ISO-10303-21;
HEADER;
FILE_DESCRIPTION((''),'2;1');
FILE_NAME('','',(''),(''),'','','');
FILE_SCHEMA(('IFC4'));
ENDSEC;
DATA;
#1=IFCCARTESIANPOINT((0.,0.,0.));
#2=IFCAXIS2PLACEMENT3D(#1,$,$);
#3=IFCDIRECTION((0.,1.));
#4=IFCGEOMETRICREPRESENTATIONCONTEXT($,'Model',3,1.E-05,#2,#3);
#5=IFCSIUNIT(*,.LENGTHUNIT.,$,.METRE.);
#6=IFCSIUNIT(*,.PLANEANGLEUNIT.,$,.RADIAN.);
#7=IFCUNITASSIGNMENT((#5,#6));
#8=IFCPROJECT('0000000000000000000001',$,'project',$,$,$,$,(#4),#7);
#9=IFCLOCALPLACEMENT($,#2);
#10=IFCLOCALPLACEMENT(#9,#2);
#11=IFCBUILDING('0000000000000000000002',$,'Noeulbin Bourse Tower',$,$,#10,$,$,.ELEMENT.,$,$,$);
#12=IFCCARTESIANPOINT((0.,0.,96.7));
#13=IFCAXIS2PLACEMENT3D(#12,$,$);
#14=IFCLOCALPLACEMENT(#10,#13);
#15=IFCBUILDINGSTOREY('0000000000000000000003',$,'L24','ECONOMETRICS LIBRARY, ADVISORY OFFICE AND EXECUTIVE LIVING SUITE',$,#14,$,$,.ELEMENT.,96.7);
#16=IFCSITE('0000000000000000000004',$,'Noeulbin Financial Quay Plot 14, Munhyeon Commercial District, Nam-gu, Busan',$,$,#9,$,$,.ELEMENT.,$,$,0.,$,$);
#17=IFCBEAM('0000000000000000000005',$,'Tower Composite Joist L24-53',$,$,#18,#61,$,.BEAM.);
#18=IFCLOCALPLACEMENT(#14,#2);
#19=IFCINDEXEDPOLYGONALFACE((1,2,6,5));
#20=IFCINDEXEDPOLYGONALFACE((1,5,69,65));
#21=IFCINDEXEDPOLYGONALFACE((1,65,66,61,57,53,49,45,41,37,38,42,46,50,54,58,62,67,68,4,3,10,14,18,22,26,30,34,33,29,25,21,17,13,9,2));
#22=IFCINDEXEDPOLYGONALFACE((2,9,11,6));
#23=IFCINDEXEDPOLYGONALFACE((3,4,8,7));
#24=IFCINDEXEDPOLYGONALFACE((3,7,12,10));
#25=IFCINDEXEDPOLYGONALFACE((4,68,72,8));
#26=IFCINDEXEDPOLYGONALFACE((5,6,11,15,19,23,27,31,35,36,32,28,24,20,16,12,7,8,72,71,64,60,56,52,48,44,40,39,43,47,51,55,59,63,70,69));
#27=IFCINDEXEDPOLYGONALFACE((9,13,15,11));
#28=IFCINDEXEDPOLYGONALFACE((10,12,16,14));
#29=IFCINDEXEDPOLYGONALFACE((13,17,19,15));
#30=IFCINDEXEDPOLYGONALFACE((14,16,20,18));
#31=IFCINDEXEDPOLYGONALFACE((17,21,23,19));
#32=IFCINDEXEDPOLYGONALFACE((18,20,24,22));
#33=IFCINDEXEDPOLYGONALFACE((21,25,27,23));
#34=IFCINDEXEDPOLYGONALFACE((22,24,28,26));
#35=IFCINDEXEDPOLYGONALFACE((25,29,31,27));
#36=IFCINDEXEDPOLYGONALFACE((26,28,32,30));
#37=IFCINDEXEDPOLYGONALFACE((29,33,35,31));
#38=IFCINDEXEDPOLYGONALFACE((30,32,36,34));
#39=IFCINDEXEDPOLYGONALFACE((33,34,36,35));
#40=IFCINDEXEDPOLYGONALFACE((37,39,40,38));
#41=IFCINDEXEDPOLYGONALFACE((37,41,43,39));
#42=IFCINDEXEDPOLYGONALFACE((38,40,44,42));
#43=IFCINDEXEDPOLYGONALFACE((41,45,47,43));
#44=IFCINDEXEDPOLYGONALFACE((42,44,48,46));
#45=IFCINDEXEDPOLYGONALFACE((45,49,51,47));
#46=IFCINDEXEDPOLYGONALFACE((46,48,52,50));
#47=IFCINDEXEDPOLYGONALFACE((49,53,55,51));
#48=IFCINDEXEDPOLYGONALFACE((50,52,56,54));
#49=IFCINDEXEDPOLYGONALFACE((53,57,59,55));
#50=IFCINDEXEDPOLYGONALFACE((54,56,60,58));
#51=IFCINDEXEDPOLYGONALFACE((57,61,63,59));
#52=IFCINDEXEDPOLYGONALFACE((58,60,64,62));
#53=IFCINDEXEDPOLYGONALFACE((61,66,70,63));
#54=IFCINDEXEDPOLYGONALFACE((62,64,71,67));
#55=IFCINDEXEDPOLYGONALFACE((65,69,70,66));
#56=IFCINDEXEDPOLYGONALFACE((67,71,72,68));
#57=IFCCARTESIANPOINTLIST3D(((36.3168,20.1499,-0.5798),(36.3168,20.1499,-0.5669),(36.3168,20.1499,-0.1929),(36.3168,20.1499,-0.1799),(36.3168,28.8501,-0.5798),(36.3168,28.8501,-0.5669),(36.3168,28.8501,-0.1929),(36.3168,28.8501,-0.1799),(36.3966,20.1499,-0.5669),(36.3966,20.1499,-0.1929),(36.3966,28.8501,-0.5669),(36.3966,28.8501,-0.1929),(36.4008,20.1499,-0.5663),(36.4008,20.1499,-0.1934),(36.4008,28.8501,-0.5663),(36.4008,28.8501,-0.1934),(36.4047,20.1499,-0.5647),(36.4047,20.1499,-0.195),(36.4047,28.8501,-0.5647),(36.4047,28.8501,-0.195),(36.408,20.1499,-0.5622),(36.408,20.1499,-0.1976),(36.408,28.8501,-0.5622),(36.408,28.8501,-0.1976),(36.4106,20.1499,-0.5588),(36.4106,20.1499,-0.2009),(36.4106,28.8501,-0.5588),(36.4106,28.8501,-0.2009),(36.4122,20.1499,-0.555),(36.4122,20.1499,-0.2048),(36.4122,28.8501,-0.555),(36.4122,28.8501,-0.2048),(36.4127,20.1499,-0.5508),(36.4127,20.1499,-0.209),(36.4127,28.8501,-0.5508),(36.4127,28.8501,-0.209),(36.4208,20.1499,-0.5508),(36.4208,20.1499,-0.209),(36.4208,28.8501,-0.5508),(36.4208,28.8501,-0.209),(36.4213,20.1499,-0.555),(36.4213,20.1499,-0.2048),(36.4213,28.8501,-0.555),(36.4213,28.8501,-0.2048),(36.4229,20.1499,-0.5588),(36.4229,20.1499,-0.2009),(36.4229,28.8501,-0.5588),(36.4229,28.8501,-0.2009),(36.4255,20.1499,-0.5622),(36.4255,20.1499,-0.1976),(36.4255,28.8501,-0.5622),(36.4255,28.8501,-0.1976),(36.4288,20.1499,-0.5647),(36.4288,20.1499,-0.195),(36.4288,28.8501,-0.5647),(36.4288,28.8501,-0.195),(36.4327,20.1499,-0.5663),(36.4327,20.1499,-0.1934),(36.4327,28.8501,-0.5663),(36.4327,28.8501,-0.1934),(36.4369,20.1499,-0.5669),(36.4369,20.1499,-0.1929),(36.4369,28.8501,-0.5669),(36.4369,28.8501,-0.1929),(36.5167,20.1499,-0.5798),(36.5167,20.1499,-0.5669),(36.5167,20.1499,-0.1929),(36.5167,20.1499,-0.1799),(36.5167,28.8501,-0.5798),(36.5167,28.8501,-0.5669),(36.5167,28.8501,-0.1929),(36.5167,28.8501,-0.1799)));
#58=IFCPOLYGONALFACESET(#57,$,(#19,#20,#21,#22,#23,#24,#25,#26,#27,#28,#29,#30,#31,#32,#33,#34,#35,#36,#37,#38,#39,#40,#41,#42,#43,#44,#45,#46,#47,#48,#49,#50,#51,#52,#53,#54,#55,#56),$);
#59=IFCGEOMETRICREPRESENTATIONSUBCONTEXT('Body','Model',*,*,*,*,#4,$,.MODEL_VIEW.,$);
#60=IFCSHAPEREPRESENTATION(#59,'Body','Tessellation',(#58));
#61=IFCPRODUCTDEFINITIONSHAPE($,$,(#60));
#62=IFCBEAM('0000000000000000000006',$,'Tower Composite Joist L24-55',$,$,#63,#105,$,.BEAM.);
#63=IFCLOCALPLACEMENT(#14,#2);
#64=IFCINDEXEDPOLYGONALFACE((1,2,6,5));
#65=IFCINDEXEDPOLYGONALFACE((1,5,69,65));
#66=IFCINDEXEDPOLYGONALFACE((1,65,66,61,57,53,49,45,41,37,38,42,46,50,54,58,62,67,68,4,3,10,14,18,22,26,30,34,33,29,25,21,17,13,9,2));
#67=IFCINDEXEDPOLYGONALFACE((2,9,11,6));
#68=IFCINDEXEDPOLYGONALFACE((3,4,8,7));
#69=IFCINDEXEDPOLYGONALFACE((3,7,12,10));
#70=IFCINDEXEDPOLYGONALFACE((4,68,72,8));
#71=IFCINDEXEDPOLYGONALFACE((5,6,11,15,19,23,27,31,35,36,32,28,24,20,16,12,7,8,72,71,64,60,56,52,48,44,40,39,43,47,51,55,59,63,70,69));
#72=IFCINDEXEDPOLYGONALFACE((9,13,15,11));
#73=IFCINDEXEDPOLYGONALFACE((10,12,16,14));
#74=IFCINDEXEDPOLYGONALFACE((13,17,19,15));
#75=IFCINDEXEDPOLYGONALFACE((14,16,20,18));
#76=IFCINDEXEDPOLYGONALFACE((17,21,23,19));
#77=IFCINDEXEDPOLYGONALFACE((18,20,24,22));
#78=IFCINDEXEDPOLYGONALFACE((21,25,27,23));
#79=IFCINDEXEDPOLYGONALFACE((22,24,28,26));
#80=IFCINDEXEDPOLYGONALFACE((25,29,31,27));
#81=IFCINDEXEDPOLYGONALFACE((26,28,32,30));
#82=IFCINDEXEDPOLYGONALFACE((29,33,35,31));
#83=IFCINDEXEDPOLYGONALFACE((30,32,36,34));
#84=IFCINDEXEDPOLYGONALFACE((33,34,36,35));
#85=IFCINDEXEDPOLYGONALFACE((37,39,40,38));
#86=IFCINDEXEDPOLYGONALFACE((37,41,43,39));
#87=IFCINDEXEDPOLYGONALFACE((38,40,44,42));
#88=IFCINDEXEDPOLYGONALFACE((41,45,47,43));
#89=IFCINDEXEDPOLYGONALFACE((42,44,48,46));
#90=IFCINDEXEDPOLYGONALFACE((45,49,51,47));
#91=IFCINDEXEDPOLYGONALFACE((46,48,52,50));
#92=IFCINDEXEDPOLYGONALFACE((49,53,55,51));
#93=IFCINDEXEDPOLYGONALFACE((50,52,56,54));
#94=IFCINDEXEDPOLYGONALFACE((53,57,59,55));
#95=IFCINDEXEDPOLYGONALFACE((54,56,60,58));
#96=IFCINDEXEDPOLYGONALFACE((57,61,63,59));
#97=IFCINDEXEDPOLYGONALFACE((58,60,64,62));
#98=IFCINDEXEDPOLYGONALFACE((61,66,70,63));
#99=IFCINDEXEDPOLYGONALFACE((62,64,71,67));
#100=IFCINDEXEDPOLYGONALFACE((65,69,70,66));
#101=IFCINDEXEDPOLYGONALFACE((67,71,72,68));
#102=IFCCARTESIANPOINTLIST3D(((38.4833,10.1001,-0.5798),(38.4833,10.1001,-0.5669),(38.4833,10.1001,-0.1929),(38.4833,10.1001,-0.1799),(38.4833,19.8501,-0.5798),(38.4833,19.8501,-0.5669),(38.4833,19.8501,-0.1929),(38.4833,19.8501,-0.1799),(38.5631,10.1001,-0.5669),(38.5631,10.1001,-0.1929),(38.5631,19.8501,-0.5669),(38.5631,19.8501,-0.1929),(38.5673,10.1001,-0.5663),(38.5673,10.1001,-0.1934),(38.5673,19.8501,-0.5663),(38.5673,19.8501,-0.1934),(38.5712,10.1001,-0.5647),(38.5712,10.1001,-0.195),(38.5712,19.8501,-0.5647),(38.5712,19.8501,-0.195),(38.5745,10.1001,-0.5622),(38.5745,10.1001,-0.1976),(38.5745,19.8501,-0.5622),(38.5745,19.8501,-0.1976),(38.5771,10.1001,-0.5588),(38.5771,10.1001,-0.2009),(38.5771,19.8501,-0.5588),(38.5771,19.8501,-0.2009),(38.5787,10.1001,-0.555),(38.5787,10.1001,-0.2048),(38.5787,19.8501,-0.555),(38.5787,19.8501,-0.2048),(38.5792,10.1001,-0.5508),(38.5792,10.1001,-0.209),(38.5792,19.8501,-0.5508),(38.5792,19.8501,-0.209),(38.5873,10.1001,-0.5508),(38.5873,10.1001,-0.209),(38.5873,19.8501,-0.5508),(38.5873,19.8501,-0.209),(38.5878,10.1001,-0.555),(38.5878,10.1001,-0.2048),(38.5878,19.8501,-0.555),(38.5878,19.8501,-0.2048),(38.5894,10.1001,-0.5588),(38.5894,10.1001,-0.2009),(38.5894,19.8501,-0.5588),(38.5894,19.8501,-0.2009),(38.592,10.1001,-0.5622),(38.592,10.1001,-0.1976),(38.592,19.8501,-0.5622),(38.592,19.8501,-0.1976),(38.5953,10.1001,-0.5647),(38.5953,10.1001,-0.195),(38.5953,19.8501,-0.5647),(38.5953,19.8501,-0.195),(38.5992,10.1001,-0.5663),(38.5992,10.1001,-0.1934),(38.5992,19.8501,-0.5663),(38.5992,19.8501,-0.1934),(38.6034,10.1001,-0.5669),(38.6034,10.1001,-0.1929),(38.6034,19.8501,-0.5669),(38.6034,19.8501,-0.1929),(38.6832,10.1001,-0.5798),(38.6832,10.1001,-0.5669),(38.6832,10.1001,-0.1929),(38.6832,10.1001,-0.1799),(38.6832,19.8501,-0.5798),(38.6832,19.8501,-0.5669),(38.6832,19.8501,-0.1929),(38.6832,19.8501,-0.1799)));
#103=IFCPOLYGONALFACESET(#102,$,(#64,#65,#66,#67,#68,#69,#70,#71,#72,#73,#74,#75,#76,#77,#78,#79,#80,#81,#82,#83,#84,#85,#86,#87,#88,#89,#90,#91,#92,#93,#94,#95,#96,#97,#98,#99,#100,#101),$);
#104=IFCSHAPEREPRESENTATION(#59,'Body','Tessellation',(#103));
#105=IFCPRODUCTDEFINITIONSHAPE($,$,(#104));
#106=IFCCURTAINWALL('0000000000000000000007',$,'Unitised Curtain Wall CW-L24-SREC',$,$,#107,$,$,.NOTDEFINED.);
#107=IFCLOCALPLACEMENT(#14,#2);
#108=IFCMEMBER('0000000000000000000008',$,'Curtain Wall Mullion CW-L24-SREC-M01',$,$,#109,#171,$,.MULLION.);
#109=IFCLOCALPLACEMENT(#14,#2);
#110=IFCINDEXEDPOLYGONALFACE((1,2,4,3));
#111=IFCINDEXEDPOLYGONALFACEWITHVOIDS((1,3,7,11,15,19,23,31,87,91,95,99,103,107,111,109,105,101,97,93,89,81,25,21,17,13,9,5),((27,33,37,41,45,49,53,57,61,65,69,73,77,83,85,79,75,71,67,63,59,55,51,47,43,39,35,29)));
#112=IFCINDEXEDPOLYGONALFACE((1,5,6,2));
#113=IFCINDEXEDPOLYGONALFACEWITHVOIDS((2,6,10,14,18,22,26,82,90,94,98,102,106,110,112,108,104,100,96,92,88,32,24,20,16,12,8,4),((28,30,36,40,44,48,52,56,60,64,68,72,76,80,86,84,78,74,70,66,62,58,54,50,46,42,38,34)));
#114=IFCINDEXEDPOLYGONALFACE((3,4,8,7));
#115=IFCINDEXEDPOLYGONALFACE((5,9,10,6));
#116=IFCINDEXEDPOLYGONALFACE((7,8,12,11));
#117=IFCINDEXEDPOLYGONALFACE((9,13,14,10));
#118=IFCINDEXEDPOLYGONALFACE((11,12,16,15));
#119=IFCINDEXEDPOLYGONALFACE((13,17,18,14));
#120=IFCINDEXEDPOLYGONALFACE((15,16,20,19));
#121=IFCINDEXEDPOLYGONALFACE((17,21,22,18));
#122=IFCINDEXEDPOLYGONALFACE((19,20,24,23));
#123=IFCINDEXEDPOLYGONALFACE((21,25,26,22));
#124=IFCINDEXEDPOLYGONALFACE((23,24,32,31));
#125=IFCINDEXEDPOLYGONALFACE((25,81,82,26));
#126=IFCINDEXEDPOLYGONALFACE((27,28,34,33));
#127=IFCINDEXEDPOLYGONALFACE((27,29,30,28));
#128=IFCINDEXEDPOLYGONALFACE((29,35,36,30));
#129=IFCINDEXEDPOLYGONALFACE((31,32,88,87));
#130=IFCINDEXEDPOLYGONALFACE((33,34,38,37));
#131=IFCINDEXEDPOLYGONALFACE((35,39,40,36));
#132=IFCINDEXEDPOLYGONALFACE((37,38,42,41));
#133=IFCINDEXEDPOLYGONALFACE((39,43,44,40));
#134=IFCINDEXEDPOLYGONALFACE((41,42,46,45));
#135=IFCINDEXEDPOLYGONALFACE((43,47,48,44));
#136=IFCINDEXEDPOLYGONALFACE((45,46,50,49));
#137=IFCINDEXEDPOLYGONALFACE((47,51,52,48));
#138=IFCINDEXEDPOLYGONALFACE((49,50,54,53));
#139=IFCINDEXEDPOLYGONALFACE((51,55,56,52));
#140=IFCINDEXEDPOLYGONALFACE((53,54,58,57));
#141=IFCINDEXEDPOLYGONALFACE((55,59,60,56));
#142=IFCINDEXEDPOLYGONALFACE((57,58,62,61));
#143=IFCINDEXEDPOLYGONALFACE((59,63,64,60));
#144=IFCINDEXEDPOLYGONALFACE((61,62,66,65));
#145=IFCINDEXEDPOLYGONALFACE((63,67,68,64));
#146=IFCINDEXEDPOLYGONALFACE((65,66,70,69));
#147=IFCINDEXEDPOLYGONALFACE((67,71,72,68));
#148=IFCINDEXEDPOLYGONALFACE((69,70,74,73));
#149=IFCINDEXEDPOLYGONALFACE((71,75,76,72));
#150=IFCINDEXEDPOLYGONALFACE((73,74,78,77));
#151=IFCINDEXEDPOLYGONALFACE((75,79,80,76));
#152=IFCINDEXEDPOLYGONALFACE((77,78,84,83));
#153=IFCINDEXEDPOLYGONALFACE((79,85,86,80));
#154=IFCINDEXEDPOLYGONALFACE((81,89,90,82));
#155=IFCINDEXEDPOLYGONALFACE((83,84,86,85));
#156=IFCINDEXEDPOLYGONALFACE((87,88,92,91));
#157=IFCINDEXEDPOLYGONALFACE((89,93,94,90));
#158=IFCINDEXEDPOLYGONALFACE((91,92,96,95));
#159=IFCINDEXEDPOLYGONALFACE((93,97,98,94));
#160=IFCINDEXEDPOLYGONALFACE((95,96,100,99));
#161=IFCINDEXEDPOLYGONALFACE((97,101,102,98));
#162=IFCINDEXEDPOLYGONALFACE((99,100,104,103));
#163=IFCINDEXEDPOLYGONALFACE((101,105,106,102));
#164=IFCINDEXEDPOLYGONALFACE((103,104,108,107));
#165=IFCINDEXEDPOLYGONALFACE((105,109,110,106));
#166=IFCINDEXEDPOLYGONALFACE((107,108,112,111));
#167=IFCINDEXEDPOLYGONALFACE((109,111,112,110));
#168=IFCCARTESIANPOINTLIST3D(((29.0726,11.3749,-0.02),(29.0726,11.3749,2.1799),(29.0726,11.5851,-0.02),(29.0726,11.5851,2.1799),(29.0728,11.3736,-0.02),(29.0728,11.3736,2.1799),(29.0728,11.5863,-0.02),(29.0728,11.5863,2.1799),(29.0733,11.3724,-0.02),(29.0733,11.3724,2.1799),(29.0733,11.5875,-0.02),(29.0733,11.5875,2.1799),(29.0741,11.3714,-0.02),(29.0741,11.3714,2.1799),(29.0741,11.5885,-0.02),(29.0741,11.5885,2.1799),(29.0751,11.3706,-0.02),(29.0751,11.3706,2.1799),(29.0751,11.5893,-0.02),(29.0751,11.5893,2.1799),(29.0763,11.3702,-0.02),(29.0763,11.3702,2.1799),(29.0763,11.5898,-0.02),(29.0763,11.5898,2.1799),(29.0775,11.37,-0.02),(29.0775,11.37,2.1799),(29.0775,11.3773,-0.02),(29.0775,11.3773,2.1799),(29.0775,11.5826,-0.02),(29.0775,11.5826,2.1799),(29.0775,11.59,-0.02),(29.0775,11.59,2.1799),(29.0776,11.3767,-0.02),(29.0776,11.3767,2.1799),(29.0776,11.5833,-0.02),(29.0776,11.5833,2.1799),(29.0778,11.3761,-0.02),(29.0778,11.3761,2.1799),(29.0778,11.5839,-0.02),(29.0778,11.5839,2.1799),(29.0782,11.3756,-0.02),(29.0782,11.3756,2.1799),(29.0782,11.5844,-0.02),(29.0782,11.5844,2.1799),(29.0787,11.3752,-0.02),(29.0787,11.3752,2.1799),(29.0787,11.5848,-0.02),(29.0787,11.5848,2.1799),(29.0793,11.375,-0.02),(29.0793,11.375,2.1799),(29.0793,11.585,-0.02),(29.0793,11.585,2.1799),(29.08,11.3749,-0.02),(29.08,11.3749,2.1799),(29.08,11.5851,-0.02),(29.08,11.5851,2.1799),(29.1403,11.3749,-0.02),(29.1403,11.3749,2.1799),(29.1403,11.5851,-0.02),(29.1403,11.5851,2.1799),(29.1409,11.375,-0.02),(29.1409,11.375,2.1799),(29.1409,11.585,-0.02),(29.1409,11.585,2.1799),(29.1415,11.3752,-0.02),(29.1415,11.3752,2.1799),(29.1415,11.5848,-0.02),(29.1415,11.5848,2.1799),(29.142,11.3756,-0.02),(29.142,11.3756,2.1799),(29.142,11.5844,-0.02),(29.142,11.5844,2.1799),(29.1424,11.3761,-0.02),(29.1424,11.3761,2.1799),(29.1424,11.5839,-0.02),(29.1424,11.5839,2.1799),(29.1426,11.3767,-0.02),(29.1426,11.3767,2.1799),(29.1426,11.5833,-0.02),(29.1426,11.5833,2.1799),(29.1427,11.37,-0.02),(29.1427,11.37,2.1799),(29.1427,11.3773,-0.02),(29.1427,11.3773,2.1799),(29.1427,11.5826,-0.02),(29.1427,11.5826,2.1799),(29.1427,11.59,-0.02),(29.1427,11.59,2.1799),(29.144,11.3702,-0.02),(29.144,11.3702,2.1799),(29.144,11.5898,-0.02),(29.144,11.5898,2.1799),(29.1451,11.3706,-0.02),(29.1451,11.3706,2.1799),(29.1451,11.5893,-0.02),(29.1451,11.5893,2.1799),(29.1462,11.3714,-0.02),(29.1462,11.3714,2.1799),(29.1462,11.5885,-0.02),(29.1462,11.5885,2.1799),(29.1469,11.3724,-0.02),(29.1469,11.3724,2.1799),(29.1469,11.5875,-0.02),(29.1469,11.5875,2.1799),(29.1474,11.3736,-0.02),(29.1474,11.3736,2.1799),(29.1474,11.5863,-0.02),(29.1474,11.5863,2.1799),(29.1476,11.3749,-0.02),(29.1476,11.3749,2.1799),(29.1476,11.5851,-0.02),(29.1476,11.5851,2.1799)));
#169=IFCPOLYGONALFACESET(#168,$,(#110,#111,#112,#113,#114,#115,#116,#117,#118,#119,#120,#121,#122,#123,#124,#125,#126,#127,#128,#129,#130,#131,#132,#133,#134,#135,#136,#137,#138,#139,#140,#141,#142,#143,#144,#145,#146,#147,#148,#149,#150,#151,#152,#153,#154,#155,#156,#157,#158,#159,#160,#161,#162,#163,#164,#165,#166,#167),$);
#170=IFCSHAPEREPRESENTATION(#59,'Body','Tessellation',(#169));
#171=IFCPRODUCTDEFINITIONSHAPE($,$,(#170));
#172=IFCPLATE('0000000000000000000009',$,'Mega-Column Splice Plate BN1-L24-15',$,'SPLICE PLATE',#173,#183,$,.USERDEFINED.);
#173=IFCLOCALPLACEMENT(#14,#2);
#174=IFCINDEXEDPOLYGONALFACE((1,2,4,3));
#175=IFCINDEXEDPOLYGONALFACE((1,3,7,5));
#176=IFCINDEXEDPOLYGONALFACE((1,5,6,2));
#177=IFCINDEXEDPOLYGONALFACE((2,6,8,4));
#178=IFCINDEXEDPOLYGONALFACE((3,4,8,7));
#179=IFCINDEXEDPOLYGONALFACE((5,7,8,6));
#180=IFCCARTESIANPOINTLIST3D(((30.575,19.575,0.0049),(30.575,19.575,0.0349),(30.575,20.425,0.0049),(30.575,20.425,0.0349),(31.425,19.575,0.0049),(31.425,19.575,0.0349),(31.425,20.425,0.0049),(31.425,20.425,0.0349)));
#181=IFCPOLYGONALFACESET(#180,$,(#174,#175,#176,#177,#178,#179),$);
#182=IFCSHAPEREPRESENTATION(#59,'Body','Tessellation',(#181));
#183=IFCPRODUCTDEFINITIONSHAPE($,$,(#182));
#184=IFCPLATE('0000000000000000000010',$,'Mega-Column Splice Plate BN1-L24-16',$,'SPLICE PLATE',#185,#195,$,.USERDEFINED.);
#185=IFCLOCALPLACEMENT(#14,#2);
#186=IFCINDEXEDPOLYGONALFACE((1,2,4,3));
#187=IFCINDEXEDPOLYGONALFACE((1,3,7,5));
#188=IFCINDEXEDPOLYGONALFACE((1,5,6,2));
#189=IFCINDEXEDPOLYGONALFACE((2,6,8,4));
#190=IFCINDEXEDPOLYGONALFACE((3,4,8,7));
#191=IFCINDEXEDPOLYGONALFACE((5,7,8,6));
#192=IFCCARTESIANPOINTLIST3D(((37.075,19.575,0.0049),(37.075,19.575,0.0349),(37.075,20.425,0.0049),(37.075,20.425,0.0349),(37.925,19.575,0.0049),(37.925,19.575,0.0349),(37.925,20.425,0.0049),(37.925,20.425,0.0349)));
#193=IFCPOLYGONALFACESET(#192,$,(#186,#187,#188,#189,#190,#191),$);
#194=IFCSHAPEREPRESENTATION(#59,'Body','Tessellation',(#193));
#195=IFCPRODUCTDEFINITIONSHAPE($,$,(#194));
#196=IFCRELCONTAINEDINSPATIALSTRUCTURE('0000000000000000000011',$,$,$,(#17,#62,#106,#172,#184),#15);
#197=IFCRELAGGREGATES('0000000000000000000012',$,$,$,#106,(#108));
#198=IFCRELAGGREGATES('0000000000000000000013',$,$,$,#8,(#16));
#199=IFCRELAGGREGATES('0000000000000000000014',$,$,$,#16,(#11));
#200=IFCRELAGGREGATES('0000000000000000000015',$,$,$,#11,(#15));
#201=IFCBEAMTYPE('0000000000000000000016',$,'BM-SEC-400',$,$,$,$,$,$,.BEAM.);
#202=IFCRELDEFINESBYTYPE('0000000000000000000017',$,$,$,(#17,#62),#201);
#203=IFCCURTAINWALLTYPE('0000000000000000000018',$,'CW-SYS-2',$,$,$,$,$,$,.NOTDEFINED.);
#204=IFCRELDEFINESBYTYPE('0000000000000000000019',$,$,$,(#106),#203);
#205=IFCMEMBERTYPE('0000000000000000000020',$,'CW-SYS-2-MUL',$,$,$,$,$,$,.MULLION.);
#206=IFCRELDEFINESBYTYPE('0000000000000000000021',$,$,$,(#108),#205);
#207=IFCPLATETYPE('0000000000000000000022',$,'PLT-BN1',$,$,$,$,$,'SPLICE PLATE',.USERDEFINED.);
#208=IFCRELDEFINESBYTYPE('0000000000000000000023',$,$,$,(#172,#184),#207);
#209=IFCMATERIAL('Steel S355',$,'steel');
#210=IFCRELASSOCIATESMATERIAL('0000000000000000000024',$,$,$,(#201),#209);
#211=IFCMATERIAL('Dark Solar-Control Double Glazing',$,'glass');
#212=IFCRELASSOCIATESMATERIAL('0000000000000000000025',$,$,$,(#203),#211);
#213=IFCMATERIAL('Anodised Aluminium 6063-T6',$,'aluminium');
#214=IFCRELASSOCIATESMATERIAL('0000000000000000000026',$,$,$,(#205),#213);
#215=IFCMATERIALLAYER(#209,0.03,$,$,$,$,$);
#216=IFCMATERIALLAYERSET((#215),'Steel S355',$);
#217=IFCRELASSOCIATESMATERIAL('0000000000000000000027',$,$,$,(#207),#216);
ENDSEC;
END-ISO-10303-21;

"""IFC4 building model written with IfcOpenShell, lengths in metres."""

from ifc_helpers import new_model, si_unit, direction, frame, origin, origin_2d, place, context, subcontext, project, spatial, rectangle, hollow_rectangle, i_section, extrude, material, layer, layer_set, material_profile, profile_set, type_object, element, aggregate, save


model = new_model("IFC4")

# Units and contexts
model_context = context("Model", 3, precision=1e-05, world=origin(), true_north=direction((0.0, 1.0)))
body_context = subcontext(model_context, "Body", "Model", "MODEL_VIEW")
ifc_project = project(units=[si_unit("LENGTHUNIT", "METRE"), si_unit("PLANEANGLEUNIT", "RADIAN")], contexts=[model_context])

# Site, building, storey
site_placement = place(None, origin())
site = spatial("IfcSite", under=ifc_project, at=site_placement, Name="Noeulbin Financial Quay Plot 14, Munhyeon Commercial District, Nam-gu, Busan", CompositionType="ELEMENT", RefElevation=0.0)
building_placement = place(site_placement, origin())
building = spatial("IfcBuilding", under=site, at=building_placement, Name="Noeulbin Bourse Tower", CompositionType="ELEMENT")
storey_placement = place(building_placement, frame((0.0, 0.0, 96.7)))
storey = spatial("IfcBuildingStorey", under=building, at=storey_placement, Name="L24", Description="ECONOMETRICS LIBRARY, ADVISORY OFFICE AND EXECUTIVE LIVING SUITE", CompositionType="ELEMENT", Elevation=96.7)

# Beams
ifc_material_1 = material(Name="Steel S355", Category="steel")
ifc_material_profile_1 = material_profile(ifc_material_1, i_section(OverallWidth=0.2, OverallDepth=0.3999, WebThickness=0.0081, FlangeThickness=0.0129, FilletRadius=0.0161, at=origin_2d()), Name="H-400x200x8x13", Category="LoadBearing")
ifc_profile_set_1 = profile_set([ifc_material_profile_1], Name="Steel S355")
beam_type_1 = type_object("IfcBeamType", Name="BM-SEC-400", PredefinedType="BEAM", material=ifc_profile_set_1)
beam_1_placement = place(storey_placement, frame((36.4167, 20.1499, -0.3799), z_axis=(0.0, 1.0, 0.0), x_axis=(-1.0, 0.0, 0.0)))
element("IfcBeam", 1, at=beam_1_placement, inside=storey, type_object=beam_type_1, Name="Tower Composite Joist L24-53", PredefinedType="BEAM", context=body_context, shape_type="SweptSolid", body=[
    extrude(i_section(OverallWidth=0.2, OverallDepth=0.3999, WebThickness=0.0081, FlangeThickness=0.0129, FilletRadius=0.0161, at=origin_2d()), origin(), (0.0, 0.0, 1.0), 8.7002),
])
beam_2_placement = place(storey_placement, frame((38.5833, 10.1001, -0.3799), z_axis=(0.0, 1.0, 0.0), x_axis=(-1.0, 0.0, 0.0)))
element("IfcBeam", 2, at=beam_2_placement, inside=storey, type_object=beam_type_1, Name="Tower Composite Joist L24-55", PredefinedType="BEAM", context=body_context, shape_type="SweptSolid", body=[
    extrude(i_section(OverallWidth=0.2, OverallDepth=0.3999, WebThickness=0.0081, FlangeThickness=0.0129, FilletRadius=0.0161, at=origin_2d()), origin(), (0.0, 0.0, 1.0), 9.75),
])

# Curtain wall, member
ifc_material_2 = material(Name="Dark Solar-Control Double Glazing", Category="glass")
curtain_wall_type = type_object("IfcCurtainWallType", Name="CW-SYS-2", PredefinedType="NOTDEFINED", material=ifc_material_2)
curtain_wall_placement = place(storey_placement, origin())
curtain_wall = element("IfcCurtainWall", 3, at=curtain_wall_placement, inside=storey, type_object=curtain_wall_type, Name="Unitised Curtain Wall CW-L24-SREC", PredefinedType="NOTDEFINED")
ifc_material_3 = material(Name="Anodised Aluminium 6063-T6", Category="aluminium")
ifc_material_profile_2 = material_profile(ifc_material_3, hollow_rectangle(XDim=0.075, YDim=0.22, WallThickness=0.0049, InnerFilletRadius=0.0024, OuterFilletRadius=0.0049, at=origin_2d()), Name="ALU-MULL-75x220x5", Category="LoadBearing")
ifc_profile_set_2 = profile_set([ifc_material_profile_2], Name="Anodised Aluminium 6063-T6")
member_type = type_object("IfcMemberType", Name="CW-SYS-2-MUL", PredefinedType="MULLION", material=ifc_profile_set_2)
member_placement = place(storey_placement, frame((29.1101, 11.48, -0.02), z_axis=(0.0, 0.0, 1.0), x_axis=(1.0, 0.0, 0.0)))
member = element("IfcMember", 4, at=member_placement, type_object=member_type, Name="Curtain Wall Mullion CW-L24-SREC-M01", PredefinedType="MULLION", context=body_context, shape_type="SweptSolid", body=[
    extrude(hollow_rectangle(XDim=0.075, YDim=0.22, WallThickness=0.0049, InnerFilletRadius=0.0024, OuterFilletRadius=0.0049, at=origin_2d()), origin(), (0.0, 0.0, 1.0), 2.2),
])
aggregate(curtain_wall, [member])

# Plates
ifc_layer_1 = layer(ifc_material_1, 0.03)
ifc_layer_set_1 = layer_set([ifc_layer_1], Name="Steel S355")
plate_type = type_object("IfcPlateType", Name="PLT-BN1", ElementType="SPLICE PLATE", PredefinedType="USERDEFINED", material=ifc_layer_set_1)
for number, where, z_axis, x_axis, name in (
    (5, (31.0, 20.0, 0.0049), (0.0, 0.0, 1.0), (1.0, 0.0, 0.0), "Mega-Column Splice Plate BN1-L24-15"),
    (6, (37.5, 20.0, 0.0049), (0.0, 0.0, 1.0), (1.0, 0.0, 0.0), "Mega-Column Splice Plate BN1-L24-16"),
):
    element("IfcPlate", number, at=place(storey_placement, frame(where, z_axis=z_axis, x_axis=x_axis)), inside=storey, type_object=plate_type, Name=name, ObjectType="SPLICE PLATE", PredefinedType="USERDEFINED", context=body_context, shape_type="SweptSolid", body=[
        extrude(rectangle(XDim=0.8501, YDim=0.8501, at=origin_2d()), origin(), (0.0, 0.0, 1.0), 0.03),
    ])

save(model, "model.ifc")
